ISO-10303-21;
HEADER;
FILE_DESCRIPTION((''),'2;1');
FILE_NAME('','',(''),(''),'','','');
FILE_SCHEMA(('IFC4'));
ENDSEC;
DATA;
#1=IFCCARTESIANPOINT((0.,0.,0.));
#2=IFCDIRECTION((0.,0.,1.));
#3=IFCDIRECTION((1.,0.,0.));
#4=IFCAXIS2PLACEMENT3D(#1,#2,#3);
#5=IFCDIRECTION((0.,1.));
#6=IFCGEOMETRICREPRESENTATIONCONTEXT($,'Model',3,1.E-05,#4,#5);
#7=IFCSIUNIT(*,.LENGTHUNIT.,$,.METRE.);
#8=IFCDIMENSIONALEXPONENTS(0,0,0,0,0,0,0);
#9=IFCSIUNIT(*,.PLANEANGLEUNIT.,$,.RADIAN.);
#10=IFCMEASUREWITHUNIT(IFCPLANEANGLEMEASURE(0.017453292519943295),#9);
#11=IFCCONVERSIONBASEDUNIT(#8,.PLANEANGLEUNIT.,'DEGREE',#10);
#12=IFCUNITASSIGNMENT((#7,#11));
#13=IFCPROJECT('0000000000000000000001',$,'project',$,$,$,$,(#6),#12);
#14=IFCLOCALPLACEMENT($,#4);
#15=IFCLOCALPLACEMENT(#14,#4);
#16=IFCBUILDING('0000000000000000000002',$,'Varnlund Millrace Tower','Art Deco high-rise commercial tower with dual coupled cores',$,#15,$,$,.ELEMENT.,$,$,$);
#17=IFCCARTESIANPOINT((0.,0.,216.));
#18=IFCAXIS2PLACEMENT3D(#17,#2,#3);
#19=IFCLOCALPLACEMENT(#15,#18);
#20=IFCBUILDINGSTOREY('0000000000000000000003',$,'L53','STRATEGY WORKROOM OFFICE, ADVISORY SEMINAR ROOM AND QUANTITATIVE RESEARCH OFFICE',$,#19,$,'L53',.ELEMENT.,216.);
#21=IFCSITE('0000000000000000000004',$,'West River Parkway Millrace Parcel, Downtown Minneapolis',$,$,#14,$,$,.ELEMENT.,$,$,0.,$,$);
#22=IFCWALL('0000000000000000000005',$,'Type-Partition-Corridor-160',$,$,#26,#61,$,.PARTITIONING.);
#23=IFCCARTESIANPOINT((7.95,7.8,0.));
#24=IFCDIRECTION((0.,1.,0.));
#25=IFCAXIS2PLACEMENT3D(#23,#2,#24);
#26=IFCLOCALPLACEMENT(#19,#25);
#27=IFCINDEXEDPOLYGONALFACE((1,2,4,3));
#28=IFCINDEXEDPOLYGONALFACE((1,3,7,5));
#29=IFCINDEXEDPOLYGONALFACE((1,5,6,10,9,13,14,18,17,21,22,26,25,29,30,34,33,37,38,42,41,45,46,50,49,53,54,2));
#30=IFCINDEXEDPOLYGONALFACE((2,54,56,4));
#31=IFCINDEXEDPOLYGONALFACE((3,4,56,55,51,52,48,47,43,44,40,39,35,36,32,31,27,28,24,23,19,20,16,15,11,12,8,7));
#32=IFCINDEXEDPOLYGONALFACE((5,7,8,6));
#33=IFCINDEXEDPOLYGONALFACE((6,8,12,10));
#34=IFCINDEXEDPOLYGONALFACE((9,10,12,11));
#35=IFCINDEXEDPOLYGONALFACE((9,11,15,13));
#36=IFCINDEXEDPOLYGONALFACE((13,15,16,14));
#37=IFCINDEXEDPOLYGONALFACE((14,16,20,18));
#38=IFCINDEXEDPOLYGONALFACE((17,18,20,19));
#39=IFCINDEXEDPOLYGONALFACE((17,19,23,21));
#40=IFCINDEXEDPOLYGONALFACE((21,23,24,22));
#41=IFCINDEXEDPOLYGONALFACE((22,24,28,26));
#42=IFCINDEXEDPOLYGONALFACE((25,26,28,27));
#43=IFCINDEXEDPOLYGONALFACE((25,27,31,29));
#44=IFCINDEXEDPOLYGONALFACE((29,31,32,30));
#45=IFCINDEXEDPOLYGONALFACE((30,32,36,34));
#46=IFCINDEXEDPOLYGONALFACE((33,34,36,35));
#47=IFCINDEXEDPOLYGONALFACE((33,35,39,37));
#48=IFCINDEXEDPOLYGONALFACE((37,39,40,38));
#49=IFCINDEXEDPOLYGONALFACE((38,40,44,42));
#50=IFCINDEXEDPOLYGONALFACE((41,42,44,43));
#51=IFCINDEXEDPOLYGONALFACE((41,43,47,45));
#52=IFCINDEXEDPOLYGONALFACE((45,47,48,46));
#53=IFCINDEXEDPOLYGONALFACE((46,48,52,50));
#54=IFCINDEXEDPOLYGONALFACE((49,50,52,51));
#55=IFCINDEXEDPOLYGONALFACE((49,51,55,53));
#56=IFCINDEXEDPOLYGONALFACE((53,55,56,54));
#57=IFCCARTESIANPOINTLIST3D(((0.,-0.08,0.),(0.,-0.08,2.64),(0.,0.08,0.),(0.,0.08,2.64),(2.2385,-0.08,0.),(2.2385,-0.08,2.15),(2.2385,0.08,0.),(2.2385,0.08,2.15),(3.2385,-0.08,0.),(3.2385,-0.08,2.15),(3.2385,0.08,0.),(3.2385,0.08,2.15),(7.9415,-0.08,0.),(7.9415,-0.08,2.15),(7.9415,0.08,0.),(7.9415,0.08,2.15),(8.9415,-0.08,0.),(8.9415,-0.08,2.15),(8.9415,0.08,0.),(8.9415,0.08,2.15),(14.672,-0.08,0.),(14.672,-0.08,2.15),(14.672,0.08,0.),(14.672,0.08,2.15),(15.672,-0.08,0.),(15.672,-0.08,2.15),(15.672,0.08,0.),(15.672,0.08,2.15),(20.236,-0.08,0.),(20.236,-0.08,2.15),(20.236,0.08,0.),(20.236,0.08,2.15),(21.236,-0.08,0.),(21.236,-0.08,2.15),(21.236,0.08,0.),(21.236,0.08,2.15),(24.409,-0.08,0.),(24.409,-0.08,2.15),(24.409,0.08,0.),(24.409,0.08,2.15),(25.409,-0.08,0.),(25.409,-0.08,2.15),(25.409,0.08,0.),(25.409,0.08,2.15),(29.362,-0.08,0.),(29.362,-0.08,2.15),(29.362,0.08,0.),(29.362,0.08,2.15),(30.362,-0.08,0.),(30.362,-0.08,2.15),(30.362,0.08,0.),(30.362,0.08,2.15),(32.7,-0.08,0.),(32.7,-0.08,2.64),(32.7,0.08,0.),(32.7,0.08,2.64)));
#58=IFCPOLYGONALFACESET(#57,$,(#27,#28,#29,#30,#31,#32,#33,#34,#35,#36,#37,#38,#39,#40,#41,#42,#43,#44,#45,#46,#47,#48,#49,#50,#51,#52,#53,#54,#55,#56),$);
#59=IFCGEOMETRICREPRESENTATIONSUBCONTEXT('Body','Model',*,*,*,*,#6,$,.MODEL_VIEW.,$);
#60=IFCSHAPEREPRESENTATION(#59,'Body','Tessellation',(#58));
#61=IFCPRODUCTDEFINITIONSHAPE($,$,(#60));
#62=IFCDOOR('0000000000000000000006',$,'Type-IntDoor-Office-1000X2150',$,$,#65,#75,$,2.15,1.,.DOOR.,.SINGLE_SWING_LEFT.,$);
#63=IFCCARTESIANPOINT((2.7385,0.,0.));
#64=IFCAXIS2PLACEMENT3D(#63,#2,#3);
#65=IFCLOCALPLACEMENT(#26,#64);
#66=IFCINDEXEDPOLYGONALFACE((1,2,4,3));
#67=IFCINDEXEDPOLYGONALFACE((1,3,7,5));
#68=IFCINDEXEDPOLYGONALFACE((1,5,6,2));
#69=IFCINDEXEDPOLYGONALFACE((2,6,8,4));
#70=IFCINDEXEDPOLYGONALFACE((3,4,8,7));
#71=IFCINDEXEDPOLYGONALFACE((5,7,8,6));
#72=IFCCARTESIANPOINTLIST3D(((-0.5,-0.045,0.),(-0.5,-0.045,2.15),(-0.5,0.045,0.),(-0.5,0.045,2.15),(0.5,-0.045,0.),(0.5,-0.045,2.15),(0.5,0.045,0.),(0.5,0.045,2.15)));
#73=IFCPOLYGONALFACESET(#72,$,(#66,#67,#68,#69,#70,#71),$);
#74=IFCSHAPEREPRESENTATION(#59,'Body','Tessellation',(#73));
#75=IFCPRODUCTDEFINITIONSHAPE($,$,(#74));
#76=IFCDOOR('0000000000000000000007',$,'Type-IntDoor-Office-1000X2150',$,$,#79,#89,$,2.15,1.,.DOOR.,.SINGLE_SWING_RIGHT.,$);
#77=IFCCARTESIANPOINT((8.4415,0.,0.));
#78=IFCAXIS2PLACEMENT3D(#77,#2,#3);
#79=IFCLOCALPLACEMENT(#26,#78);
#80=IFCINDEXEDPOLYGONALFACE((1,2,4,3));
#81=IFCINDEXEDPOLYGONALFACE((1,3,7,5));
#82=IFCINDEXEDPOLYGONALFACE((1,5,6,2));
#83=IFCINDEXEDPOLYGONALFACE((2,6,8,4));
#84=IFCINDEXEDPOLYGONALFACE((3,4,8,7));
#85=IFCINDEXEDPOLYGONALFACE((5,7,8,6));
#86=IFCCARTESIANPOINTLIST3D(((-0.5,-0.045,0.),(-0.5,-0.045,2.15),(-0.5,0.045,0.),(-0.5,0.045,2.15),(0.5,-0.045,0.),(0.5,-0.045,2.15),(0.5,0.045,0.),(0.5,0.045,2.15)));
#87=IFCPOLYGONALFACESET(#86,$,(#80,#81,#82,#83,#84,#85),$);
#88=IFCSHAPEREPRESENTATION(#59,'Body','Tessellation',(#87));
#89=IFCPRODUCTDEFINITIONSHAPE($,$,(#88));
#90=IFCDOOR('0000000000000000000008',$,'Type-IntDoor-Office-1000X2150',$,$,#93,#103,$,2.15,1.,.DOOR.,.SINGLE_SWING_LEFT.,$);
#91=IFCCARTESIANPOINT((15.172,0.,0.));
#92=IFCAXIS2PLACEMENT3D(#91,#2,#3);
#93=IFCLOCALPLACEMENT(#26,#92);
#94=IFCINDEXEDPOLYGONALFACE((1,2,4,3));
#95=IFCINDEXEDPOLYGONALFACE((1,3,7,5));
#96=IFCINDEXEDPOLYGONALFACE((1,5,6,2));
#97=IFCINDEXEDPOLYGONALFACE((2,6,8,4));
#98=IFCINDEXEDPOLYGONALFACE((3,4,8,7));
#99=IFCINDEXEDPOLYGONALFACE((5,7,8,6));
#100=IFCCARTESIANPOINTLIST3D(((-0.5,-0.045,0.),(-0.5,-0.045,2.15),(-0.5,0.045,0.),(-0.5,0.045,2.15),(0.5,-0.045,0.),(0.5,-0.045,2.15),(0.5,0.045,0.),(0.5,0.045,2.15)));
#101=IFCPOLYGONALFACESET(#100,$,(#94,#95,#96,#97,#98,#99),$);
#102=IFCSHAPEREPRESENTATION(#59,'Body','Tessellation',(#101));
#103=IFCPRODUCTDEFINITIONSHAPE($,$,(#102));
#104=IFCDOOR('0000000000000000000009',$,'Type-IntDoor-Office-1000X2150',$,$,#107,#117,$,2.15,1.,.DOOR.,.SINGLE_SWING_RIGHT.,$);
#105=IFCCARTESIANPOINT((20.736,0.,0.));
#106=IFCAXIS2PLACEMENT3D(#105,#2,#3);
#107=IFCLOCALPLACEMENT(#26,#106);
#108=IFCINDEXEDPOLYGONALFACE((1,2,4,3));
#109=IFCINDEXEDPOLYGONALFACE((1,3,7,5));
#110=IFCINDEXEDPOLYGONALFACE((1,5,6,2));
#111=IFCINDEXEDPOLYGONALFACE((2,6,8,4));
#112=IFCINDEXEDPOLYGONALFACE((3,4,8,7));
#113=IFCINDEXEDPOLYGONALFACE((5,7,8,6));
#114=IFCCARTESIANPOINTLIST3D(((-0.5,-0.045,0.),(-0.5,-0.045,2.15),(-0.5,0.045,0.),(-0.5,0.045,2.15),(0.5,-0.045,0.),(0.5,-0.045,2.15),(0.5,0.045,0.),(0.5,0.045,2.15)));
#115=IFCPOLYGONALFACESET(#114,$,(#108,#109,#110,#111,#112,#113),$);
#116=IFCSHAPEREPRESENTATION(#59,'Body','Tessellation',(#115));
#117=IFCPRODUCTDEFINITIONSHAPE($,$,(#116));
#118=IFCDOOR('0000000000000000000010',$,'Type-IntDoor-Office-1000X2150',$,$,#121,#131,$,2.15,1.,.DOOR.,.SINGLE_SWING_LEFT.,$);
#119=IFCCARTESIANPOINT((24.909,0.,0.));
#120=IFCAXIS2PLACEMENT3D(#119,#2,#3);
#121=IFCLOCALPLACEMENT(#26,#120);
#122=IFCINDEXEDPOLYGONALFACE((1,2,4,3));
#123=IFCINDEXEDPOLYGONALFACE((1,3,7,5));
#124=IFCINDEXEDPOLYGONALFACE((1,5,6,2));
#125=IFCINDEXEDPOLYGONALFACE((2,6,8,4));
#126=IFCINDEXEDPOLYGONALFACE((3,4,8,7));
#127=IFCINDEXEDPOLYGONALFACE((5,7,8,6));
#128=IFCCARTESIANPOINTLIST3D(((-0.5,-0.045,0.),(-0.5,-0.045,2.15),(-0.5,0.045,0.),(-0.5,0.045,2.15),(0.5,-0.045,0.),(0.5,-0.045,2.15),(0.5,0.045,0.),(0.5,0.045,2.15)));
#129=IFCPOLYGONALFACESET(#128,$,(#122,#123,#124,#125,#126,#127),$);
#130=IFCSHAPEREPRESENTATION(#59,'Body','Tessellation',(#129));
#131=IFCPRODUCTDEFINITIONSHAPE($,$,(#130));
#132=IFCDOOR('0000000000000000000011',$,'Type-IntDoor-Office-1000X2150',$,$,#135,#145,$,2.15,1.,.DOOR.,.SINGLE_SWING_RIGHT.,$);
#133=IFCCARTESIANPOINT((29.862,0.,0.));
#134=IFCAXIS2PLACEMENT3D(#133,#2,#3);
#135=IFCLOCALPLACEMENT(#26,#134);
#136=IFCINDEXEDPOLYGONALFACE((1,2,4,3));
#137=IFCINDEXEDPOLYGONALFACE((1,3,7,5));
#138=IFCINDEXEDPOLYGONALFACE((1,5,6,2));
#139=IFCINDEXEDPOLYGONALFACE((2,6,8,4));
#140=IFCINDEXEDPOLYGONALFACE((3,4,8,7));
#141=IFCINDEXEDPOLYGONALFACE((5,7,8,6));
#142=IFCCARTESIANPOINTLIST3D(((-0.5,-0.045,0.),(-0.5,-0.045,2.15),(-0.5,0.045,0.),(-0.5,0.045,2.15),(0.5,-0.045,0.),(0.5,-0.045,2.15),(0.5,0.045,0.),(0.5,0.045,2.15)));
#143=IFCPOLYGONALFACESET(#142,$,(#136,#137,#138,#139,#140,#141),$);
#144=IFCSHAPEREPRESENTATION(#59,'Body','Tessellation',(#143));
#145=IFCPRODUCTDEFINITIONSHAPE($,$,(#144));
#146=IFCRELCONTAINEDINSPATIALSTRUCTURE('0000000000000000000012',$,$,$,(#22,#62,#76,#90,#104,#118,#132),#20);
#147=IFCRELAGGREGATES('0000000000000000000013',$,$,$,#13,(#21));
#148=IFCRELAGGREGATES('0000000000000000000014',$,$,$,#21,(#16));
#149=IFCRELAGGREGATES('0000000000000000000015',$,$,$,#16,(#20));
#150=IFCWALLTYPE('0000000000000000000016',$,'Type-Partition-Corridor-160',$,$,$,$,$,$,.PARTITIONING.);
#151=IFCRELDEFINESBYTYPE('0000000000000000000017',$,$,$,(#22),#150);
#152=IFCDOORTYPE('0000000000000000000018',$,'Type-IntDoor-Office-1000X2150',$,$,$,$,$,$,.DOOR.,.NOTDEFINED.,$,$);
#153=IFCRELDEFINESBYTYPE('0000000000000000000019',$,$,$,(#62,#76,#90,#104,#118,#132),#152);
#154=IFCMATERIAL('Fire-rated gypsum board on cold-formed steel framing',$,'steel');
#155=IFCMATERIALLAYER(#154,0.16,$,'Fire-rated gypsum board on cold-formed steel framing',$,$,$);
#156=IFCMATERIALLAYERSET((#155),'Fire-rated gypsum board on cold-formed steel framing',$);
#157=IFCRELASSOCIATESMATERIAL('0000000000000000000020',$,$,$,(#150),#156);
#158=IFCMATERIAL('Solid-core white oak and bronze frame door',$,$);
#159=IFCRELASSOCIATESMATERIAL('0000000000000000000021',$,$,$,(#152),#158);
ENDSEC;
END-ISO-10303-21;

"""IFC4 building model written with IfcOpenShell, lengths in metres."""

from ifc_helpers import new_model, entity, si_unit, converted_unit, direction, frame, origin_with_axes, origin_2d_with_axis, place, context, subcontext, project, spatial, polyline, rectangle, outline, extrude, material, layer, layer_set, type_object, element, fill, save


model = new_model("IFC4")

# Units and contexts
model_context = context("Model", 3, precision=1e-05, world=origin_with_axes(), true_north=direction((0.0, 1.0)))
body_context = subcontext(model_context, "Body", "Model", "MODEL_VIEW")
ifc_project = project(units=[si_unit("LENGTHUNIT", "METRE"), converted_unit("PLANEANGLEUNIT", "DEGREE", entity("IfcPlaneAngleMeasure", 0.017453292519943295), si_unit("PLANEANGLEUNIT", "RADIAN"), dimensions=[0, 0, 0, 0, 0, 0, 0])], contexts=[model_context])

# Site, building, storey
site_placement = place(None, origin_with_axes())
site = spatial("IfcSite", under=ifc_project, at=site_placement, Name="West River Parkway Millrace Parcel, Downtown Minneapolis", CompositionType="ELEMENT", RefElevation=0.0)
building_placement = place(site_placement, origin_with_axes())
building = spatial("IfcBuilding", under=site, at=building_placement, Name="Varnlund Millrace Tower", Description="Art Deco high-rise commercial tower with dual coupled cores", CompositionType="ELEMENT")
storey_placement = place(building_placement, frame((0.0, 0.0, 216.0), z_axis=(0.0, 0.0, 1.0), x_axis=(1.0, 0.0, 0.0)))
storey = spatial("IfcBuildingStorey", under=building, at=storey_placement, Name="L53", Description="STRATEGY WORKROOM OFFICE, ADVISORY SEMINAR ROOM AND QUANTITATIVE RESEARCH OFFICE", LongName="L53", CompositionType="ELEMENT", Elevation=216.0)

# Shared definitions
ifc_material_1 = material(Name="Fire-rated gypsum board on cold-formed steel framing", Category="steel")
ifc_layer_1 = layer(ifc_material_1, 0.16, Name="Fire-rated gypsum board on cold-formed steel framing")
ifc_layer_set_1 = layer_set([ifc_layer_1], Name="Fire-rated gypsum board on cold-formed steel framing")
wall_type_1 = type_object("IfcWallType", Name="Type-Partition-Corridor-160", PredefinedType="PARTITIONING", material=ifc_layer_set_1)

# Wall, openings, doors
ifc_material_2 = material(Name="Solid-core white oak and bronze frame door")
door_type_1 = type_object("IfcDoorType", Name="Type-IntDoor-Office-1000X2150", OperationType="NOTDEFINED", PredefinedType="DOOR", material=ifc_material_2)
wall_1_placement = place(storey_placement, frame((7.95, 7.8, 0.0), z_axis=(0.0, 0.0, 1.0), x_axis=(0.0, 1.0, 0.0)))
wall_1 = element("IfcWall", 1, at=wall_1_placement, inside=storey, type_object=wall_type_1, Name="Type-Partition-Corridor-160", PredefinedType="PARTITIONING", context=body_context, shape_type="SweptSolid", body=[
    extrude(outline(polyline([(0.0, -0.08), (32.7, -0.08), (32.7, 0.08), (0.0, 0.08), (0.0, -0.08)])), origin_with_axes(), (0.0, 0.0, 1.0), 2.64),
])
opening_1_placement = place(wall_1_placement, frame((2.7385, 0.0, 0.0), z_axis=(0.0, 0.0, 1.0), x_axis=(1.0, 0.0, 0.0)))
opening_1 = element("IfcOpeningElement", 2, at=opening_1_placement, cuts=wall_1, PredefinedType="OPENING", context=body_context, shape_type="SweptSolid", body=[
    extrude(rectangle(XDim=1.0, YDim=0.18, at=origin_2d_with_axis()), origin_with_axes(), (0.0, 0.0, 1.0), 2.15),
])
opening_2_placement = place(wall_1_placement, frame((8.4415, 0.0, 0.0), z_axis=(0.0, 0.0, 1.0), x_axis=(1.0, 0.0, 0.0)))
opening_2 = element("IfcOpeningElement", 3, at=opening_2_placement, cuts=wall_1, PredefinedType="OPENING", context=body_context, shape_type="SweptSolid", body=[
    extrude(rectangle(XDim=1.0, YDim=0.18, at=origin_2d_with_axis()), origin_with_axes(), (0.0, 0.0, 1.0), 2.15),
])
opening_3_placement = place(wall_1_placement, frame((15.172, 0.0, 0.0), z_axis=(0.0, 0.0, 1.0), x_axis=(1.0, 0.0, 0.0)))
opening_3 = element("IfcOpeningElement", 4, at=opening_3_placement, cuts=wall_1, PredefinedType="OPENING", context=body_context, shape_type="SweptSolid", body=[
    extrude(rectangle(XDim=1.0, YDim=0.18, at=origin_2d_with_axis()), origin_with_axes(), (0.0, 0.0, 1.0), 2.15),
])
opening_4_placement = place(wall_1_placement, frame((20.736, 0.0, 0.0), z_axis=(0.0, 0.0, 1.0), x_axis=(1.0, 0.0, 0.0)))
opening_4 = element("IfcOpeningElement", 5, at=opening_4_placement, cuts=wall_1, PredefinedType="OPENING", context=body_context, shape_type="SweptSolid", body=[
    extrude(rectangle(XDim=1.0, YDim=0.18, at=origin_2d_with_axis()), origin_with_axes(), (0.0, 0.0, 1.0), 2.15),
])
opening_5_placement = place(wall_1_placement, frame((24.909, 0.0, 0.0), z_axis=(0.0, 0.0, 1.0), x_axis=(1.0, 0.0, 0.0)))
opening_5 = element("IfcOpeningElement", 6, at=opening_5_placement, cuts=wall_1, PredefinedType="OPENING", context=body_context, shape_type="SweptSolid", body=[
    extrude(rectangle(XDim=1.0, YDim=0.18, at=origin_2d_with_axis()), origin_with_axes(), (0.0, 0.0, 1.0), 2.15),
])
opening_6_placement = place(wall_1_placement, frame((29.862, 0.0, 0.0), z_axis=(0.0, 0.0, 1.0), x_axis=(1.0, 0.0, 0.0)))
opening_6 = element("IfcOpeningElement", 7, at=opening_6_placement, cuts=wall_1, PredefinedType="OPENING", context=body_context, shape_type="SweptSolid", body=[
    extrude(rectangle(XDim=1.0, YDim=0.18, at=origin_2d_with_axis()), origin_with_axes(), (0.0, 0.0, 1.0), 2.15),
])
door_1_placement = place(wall_1_placement, frame((2.7385, 0.0, 0.0), z_axis=(0.0, 0.0, 1.0), x_axis=(1.0, 0.0, 0.0)))
door_1 = element("IfcDoor", 8, at=door_1_placement, inside=storey, type_object=door_type_1, Name="Type-IntDoor-Office-1000X2150", OperationType="SINGLE_SWING_LEFT", OverallHeight=2.15, OverallWidth=1.0, PredefinedType="DOOR", context=body_context, shape_type="SweptSolid", body=[
    extrude(rectangle(XDim=1.0, YDim=0.09, at=origin_2d_with_axis()), origin_with_axes(), (0.0, 0.0, 1.0), 2.15),
])
fill(opening_1, door_1)
door_2_placement = place(wall_1_placement, frame((8.4415, 0.0, 0.0), z_axis=(0.0, 0.0, 1.0), x_axis=(1.0, 0.0, 0.0)))
door_2 = element("IfcDoor", 9, at=door_2_placement, inside=storey, type_object=door_type_1, Name="Type-IntDoor-Office-1000X2150", OperationType="SINGLE_SWING_RIGHT", OverallHeight=2.15, OverallWidth=1.0, PredefinedType="DOOR", context=body_context, shape_type="SweptSolid", body=[
    extrude(rectangle(XDim=1.0, YDim=0.09, at=origin_2d_with_axis()), origin_with_axes(), (0.0, 0.0, 1.0), 2.15),
])
fill(opening_2, door_2)
door_3_placement = place(wall_1_placement, frame((15.172, 0.0, 0.0), z_axis=(0.0, 0.0, 1.0), x_axis=(1.0, 0.0, 0.0)))
door_3 = element("IfcDoor", 10, at=door_3_placement, inside=storey, type_object=door_type_1, Name="Type-IntDoor-Office-1000X2150", OperationType="SINGLE_SWING_LEFT", OverallHeight=2.15, OverallWidth=1.0, PredefinedType="DOOR", context=body_context, shape_type="SweptSolid", body=[
    extrude(rectangle(XDim=1.0, YDim=0.09, at=origin_2d_with_axis()), origin_with_axes(), (0.0, 0.0, 1.0), 2.15),
])
fill(opening_3, door_3)
door_4_placement = place(wall_1_placement, frame((20.736, 0.0, 0.0), z_axis=(0.0, 0.0, 1.0), x_axis=(1.0, 0.0, 0.0)))
door_4 = element("IfcDoor", 11, at=door_4_placement, inside=storey, type_object=door_type_1, Name="Type-IntDoor-Office-1000X2150", OperationType="SINGLE_SWING_RIGHT", OverallHeight=2.15, OverallWidth=1.0, PredefinedType="DOOR", context=body_context, shape_type="SweptSolid", body=[
    extrude(rectangle(XDim=1.0, YDim=0.09, at=origin_2d_with_axis()), origin_with_axes(), (0.0, 0.0, 1.0), 2.15),
])
fill(opening_4, door_4)
door_5_placement = place(wall_1_placement, frame((24.909, 0.0, 0.0), z_axis=(0.0, 0.0, 1.0), x_axis=(1.0, 0.0, 0.0)))
door_5 = element("IfcDoor", 12, at=door_5_placement, inside=storey, type_object=door_type_1, Name="Type-IntDoor-Office-1000X2150", OperationType="SINGLE_SWING_LEFT", OverallHeight=2.15, OverallWidth=1.0, PredefinedType="DOOR", context=body_context, shape_type="SweptSolid", body=[
    extrude(rectangle(XDim=1.0, YDim=0.09, at=origin_2d_with_axis()), origin_with_axes(), (0.0, 0.0, 1.0), 2.15),
])
fill(opening_5, door_5)
door_6_placement = place(wall_1_placement, frame((29.862, 0.0, 0.0), z_axis=(0.0, 0.0, 1.0), x_axis=(1.0, 0.0, 0.0)))
door_6 = element("IfcDoor", 13, at=door_6_placement, inside=storey, type_object=door_type_1, Name="Type-IntDoor-Office-1000X2150", OperationType="SINGLE_SWING_RIGHT", OverallHeight=2.15, OverallWidth=1.0, PredefinedType="DOOR", context=body_context, shape_type="SweptSolid", body=[
    extrude(rectangle(XDim=1.0, YDim=0.09, at=origin_2d_with_axis()), origin_with_axes(), (0.0, 0.0, 1.0), 2.15),
])
fill(opening_6, door_6)

save(model, "model.ifc")
